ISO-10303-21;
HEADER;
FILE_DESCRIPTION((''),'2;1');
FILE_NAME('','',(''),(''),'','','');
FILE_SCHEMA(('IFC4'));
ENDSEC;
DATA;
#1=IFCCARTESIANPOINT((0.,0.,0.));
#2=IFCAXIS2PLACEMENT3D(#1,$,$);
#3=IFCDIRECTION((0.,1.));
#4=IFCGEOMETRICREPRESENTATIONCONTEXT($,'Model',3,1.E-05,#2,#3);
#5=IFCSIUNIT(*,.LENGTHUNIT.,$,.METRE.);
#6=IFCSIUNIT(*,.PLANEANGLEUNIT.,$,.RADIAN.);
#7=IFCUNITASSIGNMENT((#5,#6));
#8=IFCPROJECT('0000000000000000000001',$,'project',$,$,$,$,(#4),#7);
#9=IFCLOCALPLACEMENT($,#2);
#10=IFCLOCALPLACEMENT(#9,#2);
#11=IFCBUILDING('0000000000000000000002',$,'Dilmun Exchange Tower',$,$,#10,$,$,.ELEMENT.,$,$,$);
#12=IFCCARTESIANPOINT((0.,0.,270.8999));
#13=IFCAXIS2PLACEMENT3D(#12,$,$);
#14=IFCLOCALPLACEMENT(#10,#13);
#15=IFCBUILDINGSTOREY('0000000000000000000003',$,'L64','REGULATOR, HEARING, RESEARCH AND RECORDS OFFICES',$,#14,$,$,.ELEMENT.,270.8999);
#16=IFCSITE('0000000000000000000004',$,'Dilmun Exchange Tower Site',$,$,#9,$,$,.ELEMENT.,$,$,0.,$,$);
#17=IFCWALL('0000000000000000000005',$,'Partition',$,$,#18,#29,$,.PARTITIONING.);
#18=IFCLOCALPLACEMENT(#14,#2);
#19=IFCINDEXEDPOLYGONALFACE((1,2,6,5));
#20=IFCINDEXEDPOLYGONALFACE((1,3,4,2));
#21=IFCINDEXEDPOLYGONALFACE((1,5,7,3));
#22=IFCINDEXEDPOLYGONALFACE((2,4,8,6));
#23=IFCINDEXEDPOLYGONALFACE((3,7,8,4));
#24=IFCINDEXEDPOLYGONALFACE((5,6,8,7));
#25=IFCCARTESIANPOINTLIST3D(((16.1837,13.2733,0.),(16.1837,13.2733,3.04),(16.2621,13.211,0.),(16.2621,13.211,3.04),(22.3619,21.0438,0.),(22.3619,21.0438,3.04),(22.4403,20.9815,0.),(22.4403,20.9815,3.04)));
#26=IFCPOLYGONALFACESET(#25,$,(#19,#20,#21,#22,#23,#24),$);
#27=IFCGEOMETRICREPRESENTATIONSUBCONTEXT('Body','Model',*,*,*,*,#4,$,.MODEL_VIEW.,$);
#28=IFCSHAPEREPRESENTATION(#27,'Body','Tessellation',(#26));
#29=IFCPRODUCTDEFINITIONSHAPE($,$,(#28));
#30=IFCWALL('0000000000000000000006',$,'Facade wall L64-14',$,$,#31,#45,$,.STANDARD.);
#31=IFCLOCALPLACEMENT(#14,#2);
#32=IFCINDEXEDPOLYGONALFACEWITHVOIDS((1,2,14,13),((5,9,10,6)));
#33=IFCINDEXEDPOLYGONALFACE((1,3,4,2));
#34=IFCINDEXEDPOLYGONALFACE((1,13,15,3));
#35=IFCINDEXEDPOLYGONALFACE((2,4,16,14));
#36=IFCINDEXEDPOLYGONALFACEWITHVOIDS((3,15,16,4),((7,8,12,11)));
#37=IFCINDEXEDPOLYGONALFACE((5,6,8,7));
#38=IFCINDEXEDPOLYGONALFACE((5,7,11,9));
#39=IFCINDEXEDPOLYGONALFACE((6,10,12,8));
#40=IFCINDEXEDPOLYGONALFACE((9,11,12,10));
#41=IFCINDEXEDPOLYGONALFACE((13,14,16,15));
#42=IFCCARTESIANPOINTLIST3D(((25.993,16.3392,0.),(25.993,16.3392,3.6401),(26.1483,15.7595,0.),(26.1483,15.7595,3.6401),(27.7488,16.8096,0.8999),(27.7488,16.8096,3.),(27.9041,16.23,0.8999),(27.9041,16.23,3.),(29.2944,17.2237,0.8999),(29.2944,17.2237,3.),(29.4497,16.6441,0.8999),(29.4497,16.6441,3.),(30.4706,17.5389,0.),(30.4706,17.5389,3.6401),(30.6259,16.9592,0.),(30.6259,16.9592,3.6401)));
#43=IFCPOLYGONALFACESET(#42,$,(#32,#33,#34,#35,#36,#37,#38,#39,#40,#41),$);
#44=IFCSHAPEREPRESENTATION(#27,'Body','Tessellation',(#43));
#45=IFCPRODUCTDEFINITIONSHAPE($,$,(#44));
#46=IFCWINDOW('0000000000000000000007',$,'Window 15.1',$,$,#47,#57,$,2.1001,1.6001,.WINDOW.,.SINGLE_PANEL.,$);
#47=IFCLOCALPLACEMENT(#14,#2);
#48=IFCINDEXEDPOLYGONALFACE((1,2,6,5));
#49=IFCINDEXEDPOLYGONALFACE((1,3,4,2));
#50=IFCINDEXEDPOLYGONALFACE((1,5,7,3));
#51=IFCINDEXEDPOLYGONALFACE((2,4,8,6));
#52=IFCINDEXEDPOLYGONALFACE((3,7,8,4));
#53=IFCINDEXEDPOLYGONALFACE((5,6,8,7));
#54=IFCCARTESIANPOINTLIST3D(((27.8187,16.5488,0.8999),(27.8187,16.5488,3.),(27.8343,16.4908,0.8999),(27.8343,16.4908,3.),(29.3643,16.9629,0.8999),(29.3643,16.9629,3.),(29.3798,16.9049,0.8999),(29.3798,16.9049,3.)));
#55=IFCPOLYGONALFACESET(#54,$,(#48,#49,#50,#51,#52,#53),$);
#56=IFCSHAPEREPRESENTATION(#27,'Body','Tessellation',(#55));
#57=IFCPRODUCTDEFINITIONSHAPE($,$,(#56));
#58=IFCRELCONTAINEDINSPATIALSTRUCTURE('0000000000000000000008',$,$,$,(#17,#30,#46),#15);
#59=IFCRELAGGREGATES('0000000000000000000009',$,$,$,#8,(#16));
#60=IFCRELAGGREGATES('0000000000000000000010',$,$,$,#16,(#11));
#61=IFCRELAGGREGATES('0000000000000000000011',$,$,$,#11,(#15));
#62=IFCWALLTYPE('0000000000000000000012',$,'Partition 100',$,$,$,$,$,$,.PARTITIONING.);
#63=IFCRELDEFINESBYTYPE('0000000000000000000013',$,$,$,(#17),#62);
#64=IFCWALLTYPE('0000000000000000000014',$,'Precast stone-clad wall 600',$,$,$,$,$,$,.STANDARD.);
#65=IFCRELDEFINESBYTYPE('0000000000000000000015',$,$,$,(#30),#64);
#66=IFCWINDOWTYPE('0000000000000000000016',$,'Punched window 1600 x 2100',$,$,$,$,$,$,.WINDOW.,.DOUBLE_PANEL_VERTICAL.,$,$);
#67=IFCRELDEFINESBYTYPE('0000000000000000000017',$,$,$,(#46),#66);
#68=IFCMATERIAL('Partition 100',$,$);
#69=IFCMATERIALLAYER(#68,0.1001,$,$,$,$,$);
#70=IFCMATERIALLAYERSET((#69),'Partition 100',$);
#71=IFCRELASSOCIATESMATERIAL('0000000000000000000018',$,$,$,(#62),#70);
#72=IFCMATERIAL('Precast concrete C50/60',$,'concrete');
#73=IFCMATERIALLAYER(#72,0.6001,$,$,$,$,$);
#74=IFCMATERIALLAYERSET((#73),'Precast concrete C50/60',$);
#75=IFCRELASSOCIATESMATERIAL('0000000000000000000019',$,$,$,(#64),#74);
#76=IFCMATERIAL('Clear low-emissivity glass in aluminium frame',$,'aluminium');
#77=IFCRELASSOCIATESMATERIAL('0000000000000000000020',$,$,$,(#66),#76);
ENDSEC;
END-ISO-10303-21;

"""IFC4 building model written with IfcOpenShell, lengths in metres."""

from ifc_helpers import new_model, si_unit, direction, frame, frame_2d, origin, place, context, subcontext, project, spatial, rectangle, extrude, material, layer, layer_set, type_object, element, fill, save


model = new_model("IFC4")

# Units and contexts
model_context = context("Model", 3, precision=1e-05, world=origin(), true_north=direction((0.0, 1.0)))
body_context = subcontext(model_context, "Body", "Model", "MODEL_VIEW")
ifc_project = project(units=[si_unit("LENGTHUNIT", "METRE"), si_unit("PLANEANGLEUNIT", "RADIAN")], contexts=[model_context])

# Site, building, storey
site_placement = place(None, origin())
site = spatial("IfcSite", under=ifc_project, at=site_placement, Name="Dilmun Exchange Tower Site", CompositionType="ELEMENT", RefElevation=0.0)
building_placement = place(site_placement, origin())
building = spatial("IfcBuilding", under=site, at=building_placement, Name="Dilmun Exchange Tower", CompositionType="ELEMENT")
storey_placement = place(building_placement, frame((0.0, 0.0, 270.8999)))
storey = spatial("IfcBuildingStorey", under=building, at=storey_placement, Name="L64", Description="REGULATOR, HEARING, RESEARCH AND RECORDS OFFICES", CompositionType="ELEMENT", Elevation=270.8999)

# Wall
ifc_material_1 = material(Name="Partition 100")
ifc_layer_1 = layer(ifc_material_1, 0.1001)
ifc_layer_set_1 = layer_set([ifc_layer_1], Name="Partition 100")
wall_type_1 = type_object("IfcWallType", Name="Partition 100", PredefinedType="PARTITIONING", material=ifc_layer_set_1)
wall_1_placement = place(storey_placement, frame((16.2229, 13.2422, 0.0), z_axis=(0.0, 0.0, 1.0), x_axis=(0.622347, 0.782742, 0.0)))
element("IfcWall", 1, at=wall_1_placement, inside=storey, type_object=wall_type_1, Name="Partition", PredefinedType="PARTITIONING", context=body_context, shape_type="SweptSolid", body=[
    extrude(rectangle(XDim=9.9272, YDim=0.1001, at=frame_2d((4.9636, 0.0))), origin(), (0.0, 0.0, 1.0), 3.04),
])

# Wall, opening, window
ifc_material_2 = material(Name="Precast concrete C50/60", Category="concrete")
ifc_layer_2 = layer(ifc_material_2, 0.6001)
ifc_layer_set_2 = layer_set([ifc_layer_2], Name="Precast concrete C50/60")
wall_type_2 = type_object("IfcWallType", Name="Precast stone-clad wall 600", PredefinedType="STANDARD", material=ifc_layer_set_2)
wall_2_placement = place(storey_placement, frame((26.0706, 16.0493, 0.0), z_axis=(0.0, 0.0, 1.0), x_axis=(0.965928, 0.25881, 0.0)))
wall_2 = element("IfcWall", 2, at=wall_2_placement, inside=storey, type_object=wall_type_2, Name="Facade wall L64-14", PredefinedType="STANDARD", context=body_context, shape_type="SweptSolid", body=[
    extrude(rectangle(XDim=4.6355, YDim=0.6001, at=frame_2d((2.3179, 0.0))), origin(), (0.0, 0.0, 1.0), 3.6401),
])
opening_1_placement = place(wall_2_placement, frame((1.8179, 0.0, 0.8999)))
opening_1 = element("IfcOpeningElement", 3, at=opening_1_placement, cuts=wall_2, PredefinedType="OPENING", context=body_context, shape_type="SweptSolid", body=[
    extrude(rectangle(XDim=1.6001, YDim=2.1001, at=frame_2d((0.8, 1.05))), frame((0.0, 0.3101, 0.0), z_axis=(0.0, -1.0, 0.0), x_axis=(1.0, 0.0, 0.0)), (0.0, 0.0, 1.0), 0.6201),
])
ifc_material_3 = material(Name="Clear low-emissivity glass in aluminium frame", Category="aluminium")
window_type_1 = type_object("IfcWindowType", Name="Punched window 1600 x 2100", PartitioningType="DOUBLE_PANEL_VERTICAL", PredefinedType="WINDOW", material=ifc_material_3)
window_1_placement = place(opening_1_placement, origin())
window_1 = element("IfcWindow", 4, at=window_1_placement, inside=storey, type_object=window_type_1, Name="Window 15.1", OverallHeight=2.1001, OverallWidth=1.6001, PartitioningType="SINGLE_PANEL", PredefinedType="WINDOW", context=body_context, shape_type="SweptSolid", body=[
    extrude(rectangle(XDim=1.6001, YDim=2.1001, at=frame_2d((0.8, 1.05))), frame((0.0, 0.03, 0.0), z_axis=(0.0, -1.0, 0.0), x_axis=(1.0, 0.0, 0.0)), (0.0, 0.0, 1.0), 0.0601),
])
fill(opening_1, window_1)

save(model, "model.ifc")
